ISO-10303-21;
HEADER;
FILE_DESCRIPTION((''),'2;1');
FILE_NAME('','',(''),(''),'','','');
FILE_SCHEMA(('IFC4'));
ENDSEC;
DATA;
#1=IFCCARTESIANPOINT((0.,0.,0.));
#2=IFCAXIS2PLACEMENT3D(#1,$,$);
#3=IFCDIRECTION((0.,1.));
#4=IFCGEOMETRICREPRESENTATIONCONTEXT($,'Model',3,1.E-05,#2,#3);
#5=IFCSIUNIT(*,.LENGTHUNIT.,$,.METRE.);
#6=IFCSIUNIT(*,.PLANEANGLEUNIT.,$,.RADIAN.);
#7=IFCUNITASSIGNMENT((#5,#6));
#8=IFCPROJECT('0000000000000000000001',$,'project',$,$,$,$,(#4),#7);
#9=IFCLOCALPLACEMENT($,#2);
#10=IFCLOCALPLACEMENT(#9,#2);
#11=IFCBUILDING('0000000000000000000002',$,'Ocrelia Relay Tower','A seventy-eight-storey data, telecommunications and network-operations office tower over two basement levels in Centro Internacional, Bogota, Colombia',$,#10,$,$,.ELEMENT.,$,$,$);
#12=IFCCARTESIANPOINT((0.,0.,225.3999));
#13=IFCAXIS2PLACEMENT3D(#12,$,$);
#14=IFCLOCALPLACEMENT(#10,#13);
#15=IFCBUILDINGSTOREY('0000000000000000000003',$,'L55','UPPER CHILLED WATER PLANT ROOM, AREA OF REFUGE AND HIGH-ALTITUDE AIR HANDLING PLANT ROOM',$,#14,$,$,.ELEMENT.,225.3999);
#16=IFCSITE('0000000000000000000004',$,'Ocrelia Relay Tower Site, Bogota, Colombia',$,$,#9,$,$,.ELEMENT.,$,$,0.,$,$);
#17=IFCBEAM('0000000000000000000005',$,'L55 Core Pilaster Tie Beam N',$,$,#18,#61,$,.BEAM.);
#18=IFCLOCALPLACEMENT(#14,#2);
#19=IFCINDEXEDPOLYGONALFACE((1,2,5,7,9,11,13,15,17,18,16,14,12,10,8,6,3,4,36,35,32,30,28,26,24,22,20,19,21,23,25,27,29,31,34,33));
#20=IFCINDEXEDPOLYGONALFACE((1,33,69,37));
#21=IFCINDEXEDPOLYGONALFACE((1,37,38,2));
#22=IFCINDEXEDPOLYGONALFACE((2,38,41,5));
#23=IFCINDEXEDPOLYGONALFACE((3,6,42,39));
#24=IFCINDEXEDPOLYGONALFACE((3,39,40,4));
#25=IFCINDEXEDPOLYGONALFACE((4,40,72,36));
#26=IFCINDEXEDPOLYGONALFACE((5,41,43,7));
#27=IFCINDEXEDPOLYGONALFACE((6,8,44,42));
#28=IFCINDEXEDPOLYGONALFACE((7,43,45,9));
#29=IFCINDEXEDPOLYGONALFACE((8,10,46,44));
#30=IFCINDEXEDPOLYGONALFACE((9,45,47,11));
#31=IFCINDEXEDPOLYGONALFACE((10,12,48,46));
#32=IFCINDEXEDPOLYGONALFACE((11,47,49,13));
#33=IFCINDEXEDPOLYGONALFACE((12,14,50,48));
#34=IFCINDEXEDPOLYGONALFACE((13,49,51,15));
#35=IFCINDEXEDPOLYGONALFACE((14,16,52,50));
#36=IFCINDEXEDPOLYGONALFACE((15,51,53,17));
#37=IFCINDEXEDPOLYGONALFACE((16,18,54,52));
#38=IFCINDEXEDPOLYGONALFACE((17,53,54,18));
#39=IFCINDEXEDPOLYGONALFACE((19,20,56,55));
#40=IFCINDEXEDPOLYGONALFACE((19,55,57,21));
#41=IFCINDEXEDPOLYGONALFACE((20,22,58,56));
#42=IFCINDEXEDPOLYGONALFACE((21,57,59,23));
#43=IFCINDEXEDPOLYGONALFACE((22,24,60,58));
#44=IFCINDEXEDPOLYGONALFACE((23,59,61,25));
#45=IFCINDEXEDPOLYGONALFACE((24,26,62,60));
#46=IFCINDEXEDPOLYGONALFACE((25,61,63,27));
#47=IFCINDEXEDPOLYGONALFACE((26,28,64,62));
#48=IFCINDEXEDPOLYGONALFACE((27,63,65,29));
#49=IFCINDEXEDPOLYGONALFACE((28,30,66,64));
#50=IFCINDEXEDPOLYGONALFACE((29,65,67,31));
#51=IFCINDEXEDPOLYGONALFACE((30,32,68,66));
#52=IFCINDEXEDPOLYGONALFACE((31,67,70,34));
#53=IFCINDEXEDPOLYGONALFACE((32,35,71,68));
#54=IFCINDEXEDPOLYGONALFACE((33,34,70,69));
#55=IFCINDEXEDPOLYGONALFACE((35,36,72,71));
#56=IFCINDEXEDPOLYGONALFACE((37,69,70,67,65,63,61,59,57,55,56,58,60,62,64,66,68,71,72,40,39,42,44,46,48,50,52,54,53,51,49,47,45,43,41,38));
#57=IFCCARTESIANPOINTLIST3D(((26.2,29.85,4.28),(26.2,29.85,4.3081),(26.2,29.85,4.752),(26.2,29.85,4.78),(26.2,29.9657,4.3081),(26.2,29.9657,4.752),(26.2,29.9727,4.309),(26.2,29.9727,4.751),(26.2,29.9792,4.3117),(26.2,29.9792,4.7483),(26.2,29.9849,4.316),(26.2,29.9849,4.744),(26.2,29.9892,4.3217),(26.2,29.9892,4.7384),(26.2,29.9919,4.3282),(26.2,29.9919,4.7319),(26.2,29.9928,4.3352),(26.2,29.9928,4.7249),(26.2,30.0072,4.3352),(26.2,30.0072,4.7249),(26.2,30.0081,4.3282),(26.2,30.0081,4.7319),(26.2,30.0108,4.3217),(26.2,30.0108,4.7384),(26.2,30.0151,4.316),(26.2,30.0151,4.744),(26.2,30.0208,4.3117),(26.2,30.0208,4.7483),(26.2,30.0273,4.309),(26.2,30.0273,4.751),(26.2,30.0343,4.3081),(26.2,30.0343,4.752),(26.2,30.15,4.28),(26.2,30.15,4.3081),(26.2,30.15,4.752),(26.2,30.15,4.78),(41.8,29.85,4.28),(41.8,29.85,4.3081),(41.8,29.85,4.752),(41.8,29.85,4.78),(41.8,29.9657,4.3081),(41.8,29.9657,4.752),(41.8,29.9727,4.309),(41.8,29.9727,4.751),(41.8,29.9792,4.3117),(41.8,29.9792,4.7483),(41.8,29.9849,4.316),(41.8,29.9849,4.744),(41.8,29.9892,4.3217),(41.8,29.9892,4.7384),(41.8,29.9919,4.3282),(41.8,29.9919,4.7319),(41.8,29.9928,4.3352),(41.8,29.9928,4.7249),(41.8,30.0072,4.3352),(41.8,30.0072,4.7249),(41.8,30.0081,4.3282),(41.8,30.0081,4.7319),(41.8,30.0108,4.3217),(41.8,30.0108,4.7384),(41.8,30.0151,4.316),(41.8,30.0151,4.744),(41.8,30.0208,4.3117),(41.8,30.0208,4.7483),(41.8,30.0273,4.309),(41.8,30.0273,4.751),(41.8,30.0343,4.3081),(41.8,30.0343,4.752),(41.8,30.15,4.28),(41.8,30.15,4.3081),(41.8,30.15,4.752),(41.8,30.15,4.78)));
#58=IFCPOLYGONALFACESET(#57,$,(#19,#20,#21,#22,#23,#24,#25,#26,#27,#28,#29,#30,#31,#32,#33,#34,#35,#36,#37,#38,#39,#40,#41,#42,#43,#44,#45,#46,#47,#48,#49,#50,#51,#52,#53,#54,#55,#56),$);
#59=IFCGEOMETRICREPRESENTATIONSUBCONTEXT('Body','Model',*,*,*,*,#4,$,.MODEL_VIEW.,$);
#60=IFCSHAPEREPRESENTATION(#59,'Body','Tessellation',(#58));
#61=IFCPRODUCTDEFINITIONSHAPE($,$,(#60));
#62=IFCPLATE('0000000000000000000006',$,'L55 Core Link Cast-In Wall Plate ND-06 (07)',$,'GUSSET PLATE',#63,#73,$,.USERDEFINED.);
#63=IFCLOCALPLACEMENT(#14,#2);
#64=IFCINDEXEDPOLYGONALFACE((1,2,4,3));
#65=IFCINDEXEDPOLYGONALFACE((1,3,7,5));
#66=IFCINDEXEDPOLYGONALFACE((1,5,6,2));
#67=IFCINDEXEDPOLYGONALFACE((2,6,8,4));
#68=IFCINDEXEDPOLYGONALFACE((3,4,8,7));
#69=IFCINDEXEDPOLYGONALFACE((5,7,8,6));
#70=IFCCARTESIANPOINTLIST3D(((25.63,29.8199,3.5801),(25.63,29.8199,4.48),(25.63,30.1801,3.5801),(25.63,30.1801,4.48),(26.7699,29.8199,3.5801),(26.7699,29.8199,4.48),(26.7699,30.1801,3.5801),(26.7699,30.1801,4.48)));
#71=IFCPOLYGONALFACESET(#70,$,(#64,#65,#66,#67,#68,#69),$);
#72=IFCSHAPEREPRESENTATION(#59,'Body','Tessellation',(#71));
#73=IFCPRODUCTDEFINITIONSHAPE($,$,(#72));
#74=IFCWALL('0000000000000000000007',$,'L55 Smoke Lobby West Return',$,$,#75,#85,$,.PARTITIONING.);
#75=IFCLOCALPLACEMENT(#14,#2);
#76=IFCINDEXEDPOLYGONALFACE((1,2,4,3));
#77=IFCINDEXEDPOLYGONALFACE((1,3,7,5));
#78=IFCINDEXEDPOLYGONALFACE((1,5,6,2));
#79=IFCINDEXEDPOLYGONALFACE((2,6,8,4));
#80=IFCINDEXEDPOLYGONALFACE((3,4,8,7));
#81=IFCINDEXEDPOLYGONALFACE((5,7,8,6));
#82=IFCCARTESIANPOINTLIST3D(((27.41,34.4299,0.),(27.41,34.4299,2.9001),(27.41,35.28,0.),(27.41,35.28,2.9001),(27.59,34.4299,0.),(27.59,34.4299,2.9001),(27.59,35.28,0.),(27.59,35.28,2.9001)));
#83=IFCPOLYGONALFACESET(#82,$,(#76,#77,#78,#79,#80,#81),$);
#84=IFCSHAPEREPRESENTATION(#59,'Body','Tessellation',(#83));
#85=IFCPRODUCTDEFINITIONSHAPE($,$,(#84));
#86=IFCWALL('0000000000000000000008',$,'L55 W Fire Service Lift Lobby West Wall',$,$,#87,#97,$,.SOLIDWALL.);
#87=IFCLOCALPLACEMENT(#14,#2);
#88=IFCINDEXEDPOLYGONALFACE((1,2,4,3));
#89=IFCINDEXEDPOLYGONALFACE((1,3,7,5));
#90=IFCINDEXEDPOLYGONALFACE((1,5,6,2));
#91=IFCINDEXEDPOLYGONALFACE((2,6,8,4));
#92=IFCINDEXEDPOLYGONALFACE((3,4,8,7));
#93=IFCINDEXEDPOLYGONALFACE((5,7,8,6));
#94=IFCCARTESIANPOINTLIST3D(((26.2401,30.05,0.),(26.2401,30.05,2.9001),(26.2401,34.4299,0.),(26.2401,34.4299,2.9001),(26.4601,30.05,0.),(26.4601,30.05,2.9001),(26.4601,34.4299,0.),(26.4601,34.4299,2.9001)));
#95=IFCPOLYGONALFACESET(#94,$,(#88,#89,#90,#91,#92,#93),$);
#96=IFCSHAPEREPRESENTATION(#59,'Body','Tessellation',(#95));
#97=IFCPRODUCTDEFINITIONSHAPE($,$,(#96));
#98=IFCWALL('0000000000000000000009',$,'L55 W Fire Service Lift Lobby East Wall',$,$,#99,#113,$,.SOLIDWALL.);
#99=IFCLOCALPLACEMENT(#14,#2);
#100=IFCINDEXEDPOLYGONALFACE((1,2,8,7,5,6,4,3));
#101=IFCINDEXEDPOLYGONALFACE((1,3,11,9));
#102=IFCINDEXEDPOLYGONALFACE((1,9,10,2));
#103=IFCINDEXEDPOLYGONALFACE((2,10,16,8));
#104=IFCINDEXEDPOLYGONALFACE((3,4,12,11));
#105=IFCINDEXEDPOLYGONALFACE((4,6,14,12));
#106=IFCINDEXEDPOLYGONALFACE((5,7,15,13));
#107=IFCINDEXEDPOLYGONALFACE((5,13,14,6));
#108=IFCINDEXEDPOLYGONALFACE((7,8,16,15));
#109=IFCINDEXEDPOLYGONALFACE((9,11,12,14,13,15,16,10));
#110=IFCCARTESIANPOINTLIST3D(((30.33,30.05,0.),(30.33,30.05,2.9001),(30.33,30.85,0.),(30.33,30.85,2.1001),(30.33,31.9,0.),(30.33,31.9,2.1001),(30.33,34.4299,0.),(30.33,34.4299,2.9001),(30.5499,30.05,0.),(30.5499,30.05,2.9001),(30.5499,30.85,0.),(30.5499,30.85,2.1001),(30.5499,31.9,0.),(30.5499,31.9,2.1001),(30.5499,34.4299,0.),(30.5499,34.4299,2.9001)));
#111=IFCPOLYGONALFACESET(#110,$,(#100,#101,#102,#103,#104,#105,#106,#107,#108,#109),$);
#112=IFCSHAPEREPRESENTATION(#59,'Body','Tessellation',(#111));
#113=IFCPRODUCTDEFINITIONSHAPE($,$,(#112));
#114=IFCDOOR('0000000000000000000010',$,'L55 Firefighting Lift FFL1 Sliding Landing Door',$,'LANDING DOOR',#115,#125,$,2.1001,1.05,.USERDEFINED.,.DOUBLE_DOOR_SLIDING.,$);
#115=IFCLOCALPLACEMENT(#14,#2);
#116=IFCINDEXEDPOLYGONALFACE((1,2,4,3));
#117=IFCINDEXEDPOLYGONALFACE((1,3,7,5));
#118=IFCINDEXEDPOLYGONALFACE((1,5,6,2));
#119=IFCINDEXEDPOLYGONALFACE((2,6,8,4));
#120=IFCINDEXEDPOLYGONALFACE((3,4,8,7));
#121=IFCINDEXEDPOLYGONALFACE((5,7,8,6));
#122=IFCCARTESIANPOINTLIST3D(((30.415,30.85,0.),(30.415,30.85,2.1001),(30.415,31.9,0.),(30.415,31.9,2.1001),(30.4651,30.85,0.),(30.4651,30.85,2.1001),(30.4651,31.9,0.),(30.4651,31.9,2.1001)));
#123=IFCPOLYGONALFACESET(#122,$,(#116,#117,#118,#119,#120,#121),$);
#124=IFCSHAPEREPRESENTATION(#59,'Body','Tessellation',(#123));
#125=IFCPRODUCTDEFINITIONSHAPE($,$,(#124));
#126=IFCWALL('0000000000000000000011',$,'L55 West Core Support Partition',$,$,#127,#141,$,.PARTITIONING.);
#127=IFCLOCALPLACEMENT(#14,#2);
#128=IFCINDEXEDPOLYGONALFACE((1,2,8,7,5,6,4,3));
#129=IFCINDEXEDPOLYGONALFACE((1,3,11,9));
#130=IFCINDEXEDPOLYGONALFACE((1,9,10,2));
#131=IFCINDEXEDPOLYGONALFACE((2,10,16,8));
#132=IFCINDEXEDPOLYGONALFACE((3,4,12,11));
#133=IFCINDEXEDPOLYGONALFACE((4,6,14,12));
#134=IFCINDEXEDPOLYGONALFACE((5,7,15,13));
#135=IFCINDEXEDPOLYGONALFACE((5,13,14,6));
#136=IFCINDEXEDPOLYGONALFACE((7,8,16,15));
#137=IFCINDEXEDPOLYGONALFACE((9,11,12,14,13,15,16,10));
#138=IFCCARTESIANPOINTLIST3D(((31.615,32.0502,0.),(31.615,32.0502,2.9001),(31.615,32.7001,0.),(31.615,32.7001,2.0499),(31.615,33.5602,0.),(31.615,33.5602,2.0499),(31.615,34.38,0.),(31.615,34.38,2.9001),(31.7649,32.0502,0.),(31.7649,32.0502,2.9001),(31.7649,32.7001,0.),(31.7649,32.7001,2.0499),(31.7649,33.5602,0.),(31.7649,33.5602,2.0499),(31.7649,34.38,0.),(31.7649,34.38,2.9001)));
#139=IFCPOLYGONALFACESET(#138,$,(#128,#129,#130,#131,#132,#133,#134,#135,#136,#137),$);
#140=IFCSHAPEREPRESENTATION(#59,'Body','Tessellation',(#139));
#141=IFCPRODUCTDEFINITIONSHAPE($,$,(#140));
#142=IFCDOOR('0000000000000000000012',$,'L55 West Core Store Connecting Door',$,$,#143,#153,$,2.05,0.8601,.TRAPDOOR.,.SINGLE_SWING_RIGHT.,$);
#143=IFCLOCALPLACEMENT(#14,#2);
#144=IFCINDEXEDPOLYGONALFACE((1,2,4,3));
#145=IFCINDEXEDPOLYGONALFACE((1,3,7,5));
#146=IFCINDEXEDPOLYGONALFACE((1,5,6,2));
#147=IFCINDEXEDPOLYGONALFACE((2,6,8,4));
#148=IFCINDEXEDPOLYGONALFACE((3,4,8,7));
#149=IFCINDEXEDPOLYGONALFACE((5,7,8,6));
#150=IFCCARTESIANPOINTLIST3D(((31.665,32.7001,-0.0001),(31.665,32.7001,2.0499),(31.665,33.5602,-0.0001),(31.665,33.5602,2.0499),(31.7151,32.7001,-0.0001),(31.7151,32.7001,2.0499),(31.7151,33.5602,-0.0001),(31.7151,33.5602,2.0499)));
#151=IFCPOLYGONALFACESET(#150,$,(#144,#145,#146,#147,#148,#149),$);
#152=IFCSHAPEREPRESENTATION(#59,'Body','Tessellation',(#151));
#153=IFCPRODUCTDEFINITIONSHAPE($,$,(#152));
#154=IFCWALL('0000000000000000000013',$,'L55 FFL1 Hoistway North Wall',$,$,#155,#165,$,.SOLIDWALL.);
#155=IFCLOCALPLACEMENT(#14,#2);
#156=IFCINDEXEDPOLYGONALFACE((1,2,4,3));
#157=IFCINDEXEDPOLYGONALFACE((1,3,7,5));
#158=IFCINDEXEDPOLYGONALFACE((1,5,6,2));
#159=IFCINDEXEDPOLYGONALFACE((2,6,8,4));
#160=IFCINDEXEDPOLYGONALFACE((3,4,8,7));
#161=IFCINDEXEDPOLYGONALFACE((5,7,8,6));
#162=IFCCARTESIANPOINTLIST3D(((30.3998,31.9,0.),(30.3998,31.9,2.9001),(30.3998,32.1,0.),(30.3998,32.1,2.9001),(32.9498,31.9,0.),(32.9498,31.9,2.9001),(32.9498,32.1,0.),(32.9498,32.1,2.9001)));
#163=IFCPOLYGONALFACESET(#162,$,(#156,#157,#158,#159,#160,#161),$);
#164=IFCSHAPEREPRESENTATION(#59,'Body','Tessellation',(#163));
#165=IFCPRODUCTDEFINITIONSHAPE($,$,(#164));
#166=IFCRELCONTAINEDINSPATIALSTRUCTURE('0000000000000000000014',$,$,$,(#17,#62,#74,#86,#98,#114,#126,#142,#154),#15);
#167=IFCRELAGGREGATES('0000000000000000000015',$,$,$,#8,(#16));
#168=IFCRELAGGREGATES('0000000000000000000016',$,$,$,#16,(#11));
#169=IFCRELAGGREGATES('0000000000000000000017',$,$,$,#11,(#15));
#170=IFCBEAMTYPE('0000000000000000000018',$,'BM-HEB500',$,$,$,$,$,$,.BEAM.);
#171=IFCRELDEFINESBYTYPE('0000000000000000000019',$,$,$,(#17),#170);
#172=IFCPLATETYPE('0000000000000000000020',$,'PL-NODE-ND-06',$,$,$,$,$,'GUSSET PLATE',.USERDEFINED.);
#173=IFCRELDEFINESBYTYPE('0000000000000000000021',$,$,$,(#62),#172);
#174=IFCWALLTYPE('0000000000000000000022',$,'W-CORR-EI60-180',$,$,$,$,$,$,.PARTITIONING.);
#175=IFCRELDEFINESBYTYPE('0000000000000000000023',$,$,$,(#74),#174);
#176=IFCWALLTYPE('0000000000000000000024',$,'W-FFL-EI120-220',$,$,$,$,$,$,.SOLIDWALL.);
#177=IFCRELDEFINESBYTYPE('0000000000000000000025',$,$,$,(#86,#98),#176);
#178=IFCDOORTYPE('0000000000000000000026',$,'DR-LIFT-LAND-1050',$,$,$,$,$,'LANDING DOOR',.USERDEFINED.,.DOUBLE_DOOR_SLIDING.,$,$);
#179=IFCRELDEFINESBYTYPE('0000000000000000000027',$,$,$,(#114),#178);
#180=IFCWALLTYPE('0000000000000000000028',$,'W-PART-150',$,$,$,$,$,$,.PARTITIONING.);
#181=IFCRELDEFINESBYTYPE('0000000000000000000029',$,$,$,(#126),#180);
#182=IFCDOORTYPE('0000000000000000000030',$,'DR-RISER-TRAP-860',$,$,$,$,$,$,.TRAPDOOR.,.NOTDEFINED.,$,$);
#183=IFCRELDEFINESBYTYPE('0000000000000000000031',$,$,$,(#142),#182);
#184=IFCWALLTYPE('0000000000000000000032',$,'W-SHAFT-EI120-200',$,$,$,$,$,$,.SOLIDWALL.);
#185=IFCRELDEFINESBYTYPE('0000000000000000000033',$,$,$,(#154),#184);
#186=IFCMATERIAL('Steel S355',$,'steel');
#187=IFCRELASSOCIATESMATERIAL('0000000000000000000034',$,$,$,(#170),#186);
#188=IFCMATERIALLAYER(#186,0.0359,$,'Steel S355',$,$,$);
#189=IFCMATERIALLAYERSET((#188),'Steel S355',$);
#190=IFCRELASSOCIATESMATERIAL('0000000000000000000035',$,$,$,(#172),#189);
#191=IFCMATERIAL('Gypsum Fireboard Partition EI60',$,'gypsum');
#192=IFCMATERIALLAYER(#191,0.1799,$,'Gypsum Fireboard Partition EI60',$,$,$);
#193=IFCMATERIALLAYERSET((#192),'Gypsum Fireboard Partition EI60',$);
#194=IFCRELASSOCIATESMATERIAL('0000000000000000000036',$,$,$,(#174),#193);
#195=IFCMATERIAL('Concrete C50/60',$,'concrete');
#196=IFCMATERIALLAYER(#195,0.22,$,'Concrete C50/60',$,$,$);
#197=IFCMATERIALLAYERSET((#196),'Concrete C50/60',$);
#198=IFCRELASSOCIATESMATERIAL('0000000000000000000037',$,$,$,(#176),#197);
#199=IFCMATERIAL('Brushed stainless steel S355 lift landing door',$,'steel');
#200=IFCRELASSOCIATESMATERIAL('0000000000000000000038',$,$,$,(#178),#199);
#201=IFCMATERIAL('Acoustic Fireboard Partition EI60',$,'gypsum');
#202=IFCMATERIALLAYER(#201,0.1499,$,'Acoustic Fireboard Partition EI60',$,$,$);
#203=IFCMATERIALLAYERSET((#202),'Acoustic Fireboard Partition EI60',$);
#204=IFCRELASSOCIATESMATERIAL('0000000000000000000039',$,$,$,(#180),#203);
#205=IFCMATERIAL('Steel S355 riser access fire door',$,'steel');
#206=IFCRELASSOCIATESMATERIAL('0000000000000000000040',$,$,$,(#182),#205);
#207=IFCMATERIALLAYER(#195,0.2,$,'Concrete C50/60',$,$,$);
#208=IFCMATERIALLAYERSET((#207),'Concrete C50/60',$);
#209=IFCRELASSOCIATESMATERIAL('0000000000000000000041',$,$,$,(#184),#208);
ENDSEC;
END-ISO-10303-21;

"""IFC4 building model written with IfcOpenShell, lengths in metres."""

from ifc_helpers import new_model, si_unit, direction, frame, frame_2d, origin, origin_2d, place, context, subcontext, project, spatial, rectangle, i_section, extrude, material, layer, layer_set, material_profile, profile_set, type_object, element, fill, save


model = new_model("IFC4")

# Units and contexts
model_context = context("Model", 3, precision=1e-05, world=origin(), true_north=direction((0.0, 1.0)))
body_context = subcontext(model_context, "Body", "Model", "MODEL_VIEW")
ifc_project = project(units=[si_unit("LENGTHUNIT", "METRE"), si_unit("PLANEANGLEUNIT", "RADIAN")], contexts=[model_context])

# Site, building, storey
site_placement = place(None, origin())
site = spatial("IfcSite", under=ifc_project, at=site_placement, Name="Ocrelia Relay Tower Site, Bogota, Colombia", CompositionType="ELEMENT", RefElevation=0.0)
building_placement = place(site_placement, origin())
building = spatial("IfcBuilding", under=site, at=building_placement, Name="Ocrelia Relay Tower", Description="A seventy-eight-storey data, telecommunications and network-operations office tower over two basement levels in Centro Internacional, Bogota, Colombia", CompositionType="ELEMENT")
storey_placement = place(building_placement, frame((0.0, 0.0, 225.3999)))
storey = spatial("IfcBuildingStorey", under=building, at=storey_placement, Name="L55", Description="UPPER CHILLED WATER PLANT ROOM, AREA OF REFUGE AND HIGH-ALTITUDE AIR HANDLING PLANT ROOM", CompositionType="ELEMENT", Elevation=225.3999)

# Beam
ifc_material_1 = material(Name="Steel S355", Category="steel")
ifc_material_profile = material_profile(ifc_material_1, i_section(OverallWidth=0.3, OverallDepth=0.5, WebThickness=0.0144, FlangeThickness=0.0281, FilletRadius=0.0271, at=origin_2d()), Name="HEB 500")
ifc_profile_set = profile_set([ifc_material_profile], Name="Steel S355")
beam_type = type_object("IfcBeamType", Name="BM-HEB500", PredefinedType="BEAM", material=ifc_profile_set)
beam_placement = place(storey_placement, frame((26.2, 30.0, 4.53), z_axis=(1.0, 0.0, 0.0), x_axis=(0.0, 1.0, 0.0)))
element("IfcBeam", 1, at=beam_placement, inside=storey, type_object=beam_type, Name="L55 Core Pilaster Tie Beam N", PredefinedType="BEAM", context=body_context, shape_type="SweptSolid", body=[
    extrude(i_section(OverallWidth=0.3, OverallDepth=0.5, WebThickness=0.0144, FlangeThickness=0.0281, FilletRadius=0.0271, at=origin_2d()), origin(), (0.0, 0.0, 1.0), 15.6001),
])

# Plate
ifc_layer_1 = layer(ifc_material_1, 0.0359, Name="Steel S355")
ifc_layer_set_1 = layer_set([ifc_layer_1], Name="Steel S355")
plate_type = type_object("IfcPlateType", Name="PL-NODE-ND-06", ElementType="GUSSET PLATE", PredefinedType="USERDEFINED", material=ifc_layer_set_1)
plate_placement = place(storey_placement, frame((26.2, 30.0, 3.5801), z_axis=(0.0, 0.0, 1.0), x_axis=(1.0, 0.0, 0.0)))
element("IfcPlate", 2, at=plate_placement, inside=storey, type_object=plate_type, Name="L55 Core Link Cast-In Wall Plate ND-06 (07)", ObjectType="GUSSET PLATE", PredefinedType="USERDEFINED", context=body_context, shape_type="SweptSolid", body=[
    extrude(rectangle(XDim=1.1399, YDim=0.3601, at=origin_2d()), origin(), (0.0, 0.0, 1.0), 0.8999),
])

# Walls
ifc_material_2 = material(Name="Gypsum Fireboard Partition EI60", Category="gypsum")
ifc_layer_2 = layer(ifc_material_2, 0.1799, Name="Gypsum Fireboard Partition EI60")
ifc_layer_set_2 = layer_set([ifc_layer_2], Name="Gypsum Fireboard Partition EI60")
wall_type_1 = type_object("IfcWallType", Name="W-CORR-EI60-180", PredefinedType="PARTITIONING", material=ifc_layer_set_2)
wall_1_placement = place(storey_placement, frame((27.5, 34.4299, 0.0), z_axis=(0.0, 0.0, 1.0), x_axis=(0.0, 1.0, 0.0)))
element("IfcWall", 3, at=wall_1_placement, inside=storey, type_object=wall_type_1, Name="L55 Smoke Lobby West Return", PredefinedType="PARTITIONING", context=body_context, shape_type="SweptSolid", body=[
    extrude(rectangle(XDim=0.8501, YDim=0.1799, at=frame_2d((0.425, 0.0))), origin(), (0.0, 0.0, 1.0), 2.9001),
])
ifc_material_3 = material(Name="Concrete C50/60", Category="concrete")
ifc_layer_3 = layer(ifc_material_3, 0.22, Name="Concrete C50/60")
ifc_layer_set_3 = layer_set([ifc_layer_3], Name="Concrete C50/60")
wall_type_2 = type_object("IfcWallType", Name="W-FFL-EI120-220", PredefinedType="SOLIDWALL", material=ifc_layer_set_3)
wall_2_placement = place(storey_placement, frame((26.3501, 30.05, 0.0), z_axis=(0.0, 0.0, 1.0), x_axis=(0.0, 1.0, 0.0)))
element("IfcWall", 4, at=wall_2_placement, inside=storey, type_object=wall_type_2, Name="L55 W Fire Service Lift Lobby West Wall", PredefinedType="SOLIDWALL", context=body_context, shape_type="SweptSolid", body=[
    extrude(rectangle(XDim=4.3799, YDim=0.22, at=frame_2d((2.1899, 0.0))), origin(), (0.0, 0.0, 1.0), 2.9001),
])

# Walls, openings, doors
wall_3_placement = place(storey_placement, frame((30.4399, 30.05, 0.0), z_axis=(0.0, 0.0, 1.0), x_axis=(0.0, 1.0, 0.0)))
wall_3 = element("IfcWall", 5, at=wall_3_placement, inside=storey, type_object=wall_type_2, Name="L55 W Fire Service Lift Lobby East Wall", PredefinedType="SOLIDWALL", context=body_context, shape_type="SweptSolid", body=[
    extrude(rectangle(XDim=4.3799, YDim=0.22, at=frame_2d((2.1899, 0.0))), origin(), (0.0, 0.0, 1.0), 2.9001),
])
opening_1_placement = place(wall_3_placement, frame((0.8, 0.0, 0.0)))
opening_1 = element("IfcOpeningElement", 6, at=opening_1_placement, cuts=wall_3, PredefinedType="OPENING", context=body_context, shape_type="SweptSolid", body=[
    extrude(rectangle(XDim=1.05, YDim=2.1001, at=frame_2d((0.5249, 1.05))), frame((0.0, 0.1201, 0.0), z_axis=(0.0, -1.0, 0.0), x_axis=(1.0, 0.0, 0.0)), (0.0, 0.0, 1.0), 0.24),
])
ifc_material_4 = material(Name="Brushed stainless steel S355 lift landing door", Category="steel")
door_type_1 = type_object("IfcDoorType", Name="DR-LIFT-LAND-1050", ElementType="LANDING DOOR", OperationType="DOUBLE_DOOR_SLIDING", PredefinedType="USERDEFINED", material=ifc_material_4)
door_1_placement = place(opening_1_placement, origin())
door_1 = element("IfcDoor", 7, at=door_1_placement, inside=storey, type_object=door_type_1, Name="L55 Firefighting Lift FFL1 Sliding Landing Door", ObjectType="LANDING DOOR", OperationType="DOUBLE_DOOR_SLIDING", OverallHeight=2.1001, OverallWidth=1.05, PredefinedType="USERDEFINED", context=body_context, shape_type="SweptSolid", body=[
    extrude(rectangle(XDim=1.05, YDim=2.1001, at=frame_2d((0.5249, 1.05))), frame((0.0, 0.0249, 0.0), z_axis=(0.0, -1.0, 0.0), x_axis=(1.0, 0.0, 0.0)), (0.0, 0.0, 1.0), 0.05),
])
fill(opening_1, door_1)
ifc_material_5 = material(Name="Acoustic Fireboard Partition EI60", Category="gypsum")
ifc_layer_4 = layer(ifc_material_5, 0.1499, Name="Acoustic Fireboard Partition EI60")
ifc_layer_set_4 = layer_set([ifc_layer_4], Name="Acoustic Fireboard Partition EI60")
wall_type_3 = type_object("IfcWallType", Name="W-PART-150", PredefinedType="PARTITIONING", material=ifc_layer_set_4)
wall_4_placement = place(storey_placement, frame((31.6899, 32.05, 0.0), z_axis=(0.0, 0.0, 1.0), x_axis=(0.0, 1.0, 0.0)))
wall_4 = element("IfcWall", 8, at=wall_4_placement, inside=storey, type_object=wall_type_3, Name="L55 West Core Support Partition", PredefinedType="PARTITIONING", context=body_context, shape_type="SweptSolid", body=[
    extrude(rectangle(XDim=2.3298, YDim=0.1499, at=frame_2d((1.165, 0.0))), origin(), (0.0, 0.0, 1.0), 2.9001),
])
opening_2_placement = place(wall_4_placement, frame((0.6499, 0.0, 0.0)))
opening_2 = element("IfcOpeningElement", 9, at=opening_2_placement, cuts=wall_4, PredefinedType="OPENING", context=body_context, shape_type="SweptSolid", body=[
    extrude(rectangle(XDim=0.8601, YDim=2.05, at=frame_2d((0.4302, 1.0249))), frame((0.0, 0.085, 0.0), z_axis=(0.0, -1.0, 0.0), x_axis=(1.0, 0.0, 0.0)), (0.0, 0.0, 1.0), 0.1699),
])
ifc_material_6 = material(Name="Steel S355 riser access fire door", Category="steel")
door_type_2 = type_object("IfcDoorType", Name="DR-RISER-TRAP-860", OperationType="NOTDEFINED", PredefinedType="TRAPDOOR", material=ifc_material_6)
door_2_placement = place(opening_2_placement, origin())
door_2 = element("IfcDoor", 10, at=door_2_placement, inside=storey, type_object=door_type_2, Name="L55 West Core Store Connecting Door", OperationType="SINGLE_SWING_RIGHT", OverallHeight=2.05, OverallWidth=0.8601, PredefinedType="TRAPDOOR", context=body_context, shape_type="SweptSolid", body=[
    extrude(rectangle(XDim=0.8601, YDim=2.05, at=frame_2d((0.4302, 1.0249))), frame((0.0, 0.0249, 0.0), z_axis=(0.0, -1.0, 0.0), x_axis=(1.0, 0.0, 0.0)), (0.0, 0.0, 1.0), 0.05),
])
fill(opening_2, door_2)

# Wall
ifc_layer_5 = layer(ifc_material_3, 0.2, Name="Concrete C50/60")
ifc_layer_set_5 = layer_set([ifc_layer_5], Name="Concrete C50/60")
wall_type_4 = type_object("IfcWallType", Name="W-SHAFT-EI120-200", PredefinedType="SOLIDWALL", material=ifc_layer_set_5)
wall_5_placement = place(storey_placement, frame((30.3999, 32.0, 0.0), z_axis=(0.0, 0.0, 1.0), x_axis=(1.0, 0.0, 0.0)))
element("IfcWall", 11, at=wall_5_placement, inside=storey, type_object=wall_type_4, Name="L55 FFL1 Hoistway North Wall", PredefinedType="SOLIDWALL", context=body_context, shape_type="SweptSolid", body=[
    extrude(rectangle(XDim=2.55, YDim=0.2, at=frame_2d((1.2749, 0.0))), origin(), (0.0, 0.0, 1.0), 2.9001),
])

save(model, "model.ifc")
